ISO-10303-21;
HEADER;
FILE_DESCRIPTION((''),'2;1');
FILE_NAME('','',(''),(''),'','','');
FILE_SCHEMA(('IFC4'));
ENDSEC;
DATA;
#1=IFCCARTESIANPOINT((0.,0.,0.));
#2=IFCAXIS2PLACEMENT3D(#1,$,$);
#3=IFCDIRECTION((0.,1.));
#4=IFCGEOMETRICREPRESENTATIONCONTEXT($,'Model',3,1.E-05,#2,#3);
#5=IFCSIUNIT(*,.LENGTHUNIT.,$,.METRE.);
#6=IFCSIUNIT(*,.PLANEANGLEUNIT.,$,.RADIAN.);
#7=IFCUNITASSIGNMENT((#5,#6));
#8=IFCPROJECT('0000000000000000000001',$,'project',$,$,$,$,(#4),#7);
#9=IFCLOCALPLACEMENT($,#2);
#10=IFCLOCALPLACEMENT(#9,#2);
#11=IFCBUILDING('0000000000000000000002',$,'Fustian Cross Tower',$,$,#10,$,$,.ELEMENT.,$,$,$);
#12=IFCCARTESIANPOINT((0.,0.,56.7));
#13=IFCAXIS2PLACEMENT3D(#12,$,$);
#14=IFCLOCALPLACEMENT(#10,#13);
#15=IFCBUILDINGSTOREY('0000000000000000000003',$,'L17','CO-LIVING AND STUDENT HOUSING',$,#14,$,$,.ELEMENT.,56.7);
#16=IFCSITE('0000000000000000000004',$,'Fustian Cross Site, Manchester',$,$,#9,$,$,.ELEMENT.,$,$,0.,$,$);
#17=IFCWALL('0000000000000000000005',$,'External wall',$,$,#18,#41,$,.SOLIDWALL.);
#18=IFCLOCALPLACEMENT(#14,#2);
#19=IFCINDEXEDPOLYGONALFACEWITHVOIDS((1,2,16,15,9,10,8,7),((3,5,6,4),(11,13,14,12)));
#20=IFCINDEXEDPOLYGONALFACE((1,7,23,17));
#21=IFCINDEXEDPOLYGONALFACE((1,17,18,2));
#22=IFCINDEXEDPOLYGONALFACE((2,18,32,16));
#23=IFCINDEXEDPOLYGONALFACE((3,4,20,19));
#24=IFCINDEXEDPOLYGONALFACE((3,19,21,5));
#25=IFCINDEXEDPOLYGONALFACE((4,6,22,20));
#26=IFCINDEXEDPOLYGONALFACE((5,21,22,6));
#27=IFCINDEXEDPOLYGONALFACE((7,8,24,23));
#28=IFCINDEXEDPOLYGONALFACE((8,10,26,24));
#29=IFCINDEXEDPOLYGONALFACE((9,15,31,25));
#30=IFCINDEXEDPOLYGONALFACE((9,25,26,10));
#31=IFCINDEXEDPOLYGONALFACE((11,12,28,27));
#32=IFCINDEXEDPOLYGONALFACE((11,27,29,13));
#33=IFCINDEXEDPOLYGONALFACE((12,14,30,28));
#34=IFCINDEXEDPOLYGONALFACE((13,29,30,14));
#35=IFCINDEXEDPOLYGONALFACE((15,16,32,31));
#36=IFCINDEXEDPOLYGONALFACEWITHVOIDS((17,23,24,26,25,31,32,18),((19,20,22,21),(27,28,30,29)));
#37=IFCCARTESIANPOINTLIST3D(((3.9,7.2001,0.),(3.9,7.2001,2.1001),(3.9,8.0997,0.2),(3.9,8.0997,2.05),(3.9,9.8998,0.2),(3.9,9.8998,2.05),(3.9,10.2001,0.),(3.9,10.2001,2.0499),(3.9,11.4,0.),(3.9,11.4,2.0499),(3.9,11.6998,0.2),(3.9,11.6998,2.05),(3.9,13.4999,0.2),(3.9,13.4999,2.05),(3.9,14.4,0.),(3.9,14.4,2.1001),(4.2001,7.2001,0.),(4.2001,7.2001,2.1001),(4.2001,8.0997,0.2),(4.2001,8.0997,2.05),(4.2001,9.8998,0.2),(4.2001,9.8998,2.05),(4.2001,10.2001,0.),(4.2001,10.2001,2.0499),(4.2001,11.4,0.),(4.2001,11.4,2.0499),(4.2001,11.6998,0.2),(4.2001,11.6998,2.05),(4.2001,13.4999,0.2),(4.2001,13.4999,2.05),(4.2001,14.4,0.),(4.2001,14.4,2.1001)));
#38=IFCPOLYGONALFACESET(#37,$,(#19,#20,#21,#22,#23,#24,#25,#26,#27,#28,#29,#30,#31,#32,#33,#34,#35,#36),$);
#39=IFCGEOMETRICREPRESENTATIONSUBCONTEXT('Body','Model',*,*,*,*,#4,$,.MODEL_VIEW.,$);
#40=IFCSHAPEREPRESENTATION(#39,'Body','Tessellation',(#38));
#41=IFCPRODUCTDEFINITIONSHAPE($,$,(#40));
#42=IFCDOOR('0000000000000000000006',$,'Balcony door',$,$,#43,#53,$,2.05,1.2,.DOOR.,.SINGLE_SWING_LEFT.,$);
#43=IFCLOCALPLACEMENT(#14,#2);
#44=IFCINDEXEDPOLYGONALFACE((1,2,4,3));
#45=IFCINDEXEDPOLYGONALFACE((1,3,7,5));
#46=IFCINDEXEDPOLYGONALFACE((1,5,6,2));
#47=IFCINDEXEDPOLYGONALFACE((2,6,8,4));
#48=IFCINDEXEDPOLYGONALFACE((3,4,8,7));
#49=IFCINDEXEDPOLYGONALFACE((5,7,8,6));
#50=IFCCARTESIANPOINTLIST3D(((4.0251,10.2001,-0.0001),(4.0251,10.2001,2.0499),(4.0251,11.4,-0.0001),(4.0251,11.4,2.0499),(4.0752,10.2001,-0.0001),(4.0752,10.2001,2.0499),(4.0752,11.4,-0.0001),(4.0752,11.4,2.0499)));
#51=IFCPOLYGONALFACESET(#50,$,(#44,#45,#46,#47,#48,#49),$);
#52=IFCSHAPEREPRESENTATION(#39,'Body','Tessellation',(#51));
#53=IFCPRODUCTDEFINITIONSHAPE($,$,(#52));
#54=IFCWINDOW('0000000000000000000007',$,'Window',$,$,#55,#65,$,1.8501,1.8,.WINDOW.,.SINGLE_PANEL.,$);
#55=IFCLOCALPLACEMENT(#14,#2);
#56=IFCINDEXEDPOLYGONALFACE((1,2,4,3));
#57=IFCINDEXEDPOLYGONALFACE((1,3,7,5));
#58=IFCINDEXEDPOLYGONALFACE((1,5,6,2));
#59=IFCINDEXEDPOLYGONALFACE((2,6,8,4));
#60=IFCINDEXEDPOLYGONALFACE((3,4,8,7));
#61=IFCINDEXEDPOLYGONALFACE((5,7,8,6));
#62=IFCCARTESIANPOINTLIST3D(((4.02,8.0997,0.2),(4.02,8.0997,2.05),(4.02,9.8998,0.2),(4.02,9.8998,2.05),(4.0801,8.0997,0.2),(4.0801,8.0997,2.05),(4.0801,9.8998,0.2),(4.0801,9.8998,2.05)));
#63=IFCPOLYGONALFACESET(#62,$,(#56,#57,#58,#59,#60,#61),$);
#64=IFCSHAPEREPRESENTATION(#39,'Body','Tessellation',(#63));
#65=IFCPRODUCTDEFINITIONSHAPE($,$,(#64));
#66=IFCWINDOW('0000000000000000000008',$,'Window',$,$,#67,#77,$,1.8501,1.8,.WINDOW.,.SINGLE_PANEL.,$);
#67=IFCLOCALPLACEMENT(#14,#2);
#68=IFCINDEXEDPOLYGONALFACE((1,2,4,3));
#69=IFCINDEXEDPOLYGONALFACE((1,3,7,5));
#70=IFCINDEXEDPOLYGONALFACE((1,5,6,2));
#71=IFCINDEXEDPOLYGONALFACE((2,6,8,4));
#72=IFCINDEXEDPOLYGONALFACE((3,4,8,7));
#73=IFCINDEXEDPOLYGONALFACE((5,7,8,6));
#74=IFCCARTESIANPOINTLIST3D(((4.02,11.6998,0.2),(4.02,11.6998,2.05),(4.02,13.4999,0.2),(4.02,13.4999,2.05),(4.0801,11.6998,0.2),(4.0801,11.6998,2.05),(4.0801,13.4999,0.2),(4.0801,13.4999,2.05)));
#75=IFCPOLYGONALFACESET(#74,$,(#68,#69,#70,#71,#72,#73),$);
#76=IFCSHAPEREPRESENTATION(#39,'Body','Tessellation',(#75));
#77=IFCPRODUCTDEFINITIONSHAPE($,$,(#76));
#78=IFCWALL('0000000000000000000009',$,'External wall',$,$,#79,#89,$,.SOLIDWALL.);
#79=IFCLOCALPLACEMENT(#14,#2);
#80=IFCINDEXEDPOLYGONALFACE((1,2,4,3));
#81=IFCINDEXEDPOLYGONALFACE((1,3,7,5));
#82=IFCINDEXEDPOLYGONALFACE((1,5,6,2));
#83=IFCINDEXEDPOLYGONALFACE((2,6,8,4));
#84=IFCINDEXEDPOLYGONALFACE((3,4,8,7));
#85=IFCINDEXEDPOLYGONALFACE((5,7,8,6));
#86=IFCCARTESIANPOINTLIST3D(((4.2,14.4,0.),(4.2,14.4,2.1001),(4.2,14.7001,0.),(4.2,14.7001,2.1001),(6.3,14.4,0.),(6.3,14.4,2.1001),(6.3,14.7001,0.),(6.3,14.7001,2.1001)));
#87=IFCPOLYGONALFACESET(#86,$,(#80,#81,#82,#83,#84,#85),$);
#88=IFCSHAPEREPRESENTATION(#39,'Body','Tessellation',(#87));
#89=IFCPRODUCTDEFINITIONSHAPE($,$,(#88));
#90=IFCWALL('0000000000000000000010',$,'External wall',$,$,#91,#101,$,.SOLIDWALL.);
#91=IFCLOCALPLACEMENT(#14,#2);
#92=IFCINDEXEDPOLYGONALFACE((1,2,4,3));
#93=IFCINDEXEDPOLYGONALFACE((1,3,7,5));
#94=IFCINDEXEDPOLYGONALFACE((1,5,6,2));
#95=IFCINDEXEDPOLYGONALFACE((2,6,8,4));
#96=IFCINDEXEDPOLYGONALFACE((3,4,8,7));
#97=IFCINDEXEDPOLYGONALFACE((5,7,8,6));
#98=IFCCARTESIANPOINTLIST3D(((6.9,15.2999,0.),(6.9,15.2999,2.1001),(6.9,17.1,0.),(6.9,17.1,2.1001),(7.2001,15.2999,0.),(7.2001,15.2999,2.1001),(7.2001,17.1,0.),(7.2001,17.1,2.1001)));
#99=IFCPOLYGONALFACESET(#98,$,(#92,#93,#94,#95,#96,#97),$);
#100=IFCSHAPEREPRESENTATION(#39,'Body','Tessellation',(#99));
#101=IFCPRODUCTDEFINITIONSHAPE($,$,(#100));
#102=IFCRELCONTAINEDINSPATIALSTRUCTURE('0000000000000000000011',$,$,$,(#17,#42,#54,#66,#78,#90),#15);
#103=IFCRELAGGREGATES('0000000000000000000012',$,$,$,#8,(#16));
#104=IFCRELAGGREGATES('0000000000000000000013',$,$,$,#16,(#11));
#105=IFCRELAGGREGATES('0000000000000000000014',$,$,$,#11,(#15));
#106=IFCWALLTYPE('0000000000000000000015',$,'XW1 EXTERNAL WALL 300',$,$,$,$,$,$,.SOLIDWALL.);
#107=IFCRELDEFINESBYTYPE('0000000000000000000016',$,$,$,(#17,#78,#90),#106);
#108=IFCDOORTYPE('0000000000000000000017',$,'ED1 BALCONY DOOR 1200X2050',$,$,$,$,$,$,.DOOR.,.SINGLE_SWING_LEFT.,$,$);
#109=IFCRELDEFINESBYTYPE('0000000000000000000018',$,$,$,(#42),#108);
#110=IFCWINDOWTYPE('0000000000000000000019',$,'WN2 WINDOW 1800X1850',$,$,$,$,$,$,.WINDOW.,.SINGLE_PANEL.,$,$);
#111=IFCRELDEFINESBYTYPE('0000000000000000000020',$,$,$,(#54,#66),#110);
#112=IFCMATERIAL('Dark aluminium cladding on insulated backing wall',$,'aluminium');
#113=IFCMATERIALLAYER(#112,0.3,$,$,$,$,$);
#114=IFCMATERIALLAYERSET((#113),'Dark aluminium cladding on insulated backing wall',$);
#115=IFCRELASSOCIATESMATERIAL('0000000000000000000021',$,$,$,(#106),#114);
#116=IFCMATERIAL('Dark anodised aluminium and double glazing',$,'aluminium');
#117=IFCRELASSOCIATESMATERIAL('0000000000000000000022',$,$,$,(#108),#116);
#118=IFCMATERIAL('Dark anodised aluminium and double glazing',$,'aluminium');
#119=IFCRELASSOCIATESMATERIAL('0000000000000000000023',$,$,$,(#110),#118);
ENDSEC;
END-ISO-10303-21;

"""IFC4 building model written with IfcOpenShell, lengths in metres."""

from ifc_helpers import new_model, si_unit, direction, frame, frame_2d, origin, place, context, subcontext, project, spatial, rectangle, extrude, material, layer, layer_set, type_object, element, fill, save


model = new_model("IFC4")

# Units and contexts
model_context = context("Model", 3, precision=1e-05, world=origin(), true_north=direction((0.0, 1.0)))
body_context = subcontext(model_context, "Body", "Model", "MODEL_VIEW")
ifc_project = project(units=[si_unit("LENGTHUNIT", "METRE"), si_unit("PLANEANGLEUNIT", "RADIAN")], contexts=[model_context])

# Site, building, storey
site_placement = place(None, origin())
site = spatial("IfcSite", under=ifc_project, at=site_placement, Name="Fustian Cross Site, Manchester", CompositionType="ELEMENT", RefElevation=0.0)
building_placement = place(site_placement, origin())
building = spatial("IfcBuilding", under=site, at=building_placement, Name="Fustian Cross Tower", CompositionType="ELEMENT")
storey_placement = place(building_placement, frame((0.0, 0.0, 56.7)))
storey = spatial("IfcBuildingStorey", under=building, at=storey_placement, Name="L17", Description="CO-LIVING AND STUDENT HOUSING", CompositionType="ELEMENT", Elevation=56.7)

# Wall, openings, door, windows
ifc_material_1 = material(Name="Dark aluminium cladding on insulated backing wall", Category="aluminium")
ifc_layer_1 = layer(ifc_material_1, 0.3)
ifc_layer_set_1 = layer_set([ifc_layer_1], Name="Dark aluminium cladding on insulated backing wall")
wall_type_1 = type_object("IfcWallType", Name="XW1 EXTERNAL WALL 300", PredefinedType="SOLIDWALL", material=ifc_layer_set_1)
wall_1_placement = place(storey_placement, frame((4.05, 7.2, 0.0), z_axis=(0.0, 0.0, 1.0), x_axis=(0.0, 1.0, 0.0)))
wall_1 = element("IfcWall", 1, at=wall_1_placement, inside=storey, type_object=wall_type_1, Name="External wall", PredefinedType="SOLIDWALL", context=body_context, shape_type="SweptSolid", body=[
    extrude(rectangle(XDim=7.2, YDim=0.3, at=frame_2d((3.6001, 0.0))), origin(), (0.0, 0.0, 1.0), 2.1001),
])
opening_1_placement = place(wall_1_placement, frame((3.0, 0.0, 0.0)))
opening_1 = element("IfcOpeningElement", 2, at=opening_1_placement, cuts=wall_1, PredefinedType="OPENING", context=body_context, shape_type="SweptSolid", body=[
    extrude(rectangle(XDim=1.2, YDim=2.05, at=frame_2d((0.6001, 1.0249))), frame((0.0, 0.1599, 0.0), z_axis=(0.0, -1.0, 0.0), x_axis=(1.0, 0.0, 0.0)), (0.0, 0.0, 1.0), 0.3201),
])
opening_2_placement = place(wall_1_placement, frame((0.8999, 0.0, 0.2)))
opening_2 = element("IfcOpeningElement", 3, at=opening_2_placement, cuts=wall_1, PredefinedType="OPENING", context=body_context, shape_type="SweptSolid", body=[
    extrude(rectangle(XDim=1.8, YDim=1.8501, at=frame_2d((0.8999, 0.925))), frame((0.0, 0.1599, 0.0), z_axis=(0.0, -1.0, 0.0), x_axis=(1.0, 0.0, 0.0)), (0.0, 0.0, 1.0), 0.3201),
])
opening_3_placement = place(wall_1_placement, frame((4.5, 0.0, 0.2)))
opening_3 = element("IfcOpeningElement", 4, at=opening_3_placement, cuts=wall_1, PredefinedType="OPENING", context=body_context, shape_type="SweptSolid", body=[
    extrude(rectangle(XDim=1.8, YDim=1.8501, at=frame_2d((0.8999, 0.925))), frame((0.0, 0.1599, 0.0), z_axis=(0.0, -1.0, 0.0), x_axis=(1.0, 0.0, 0.0)), (0.0, 0.0, 1.0), 0.3201),
])
ifc_material_2 = material(Name="Dark anodised aluminium and double glazing", Category="aluminium")
door_type = type_object("IfcDoorType", Name="ED1 BALCONY DOOR 1200X2050", OperationType="SINGLE_SWING_LEFT", PredefinedType="DOOR", material=ifc_material_2)
door_placement = place(opening_1_placement, origin())
door = element("IfcDoor", 5, at=door_placement, inside=storey, type_object=door_type, Name="Balcony door", OperationType="SINGLE_SWING_LEFT", OverallHeight=2.05, OverallWidth=1.2, PredefinedType="DOOR", context=body_context, shape_type="SweptSolid", body=[
    extrude(rectangle(XDim=1.2, YDim=2.05, at=frame_2d((0.6001, 1.0249))), frame((0.0, 0.0249, 0.0), z_axis=(0.0, -1.0, 0.0), x_axis=(1.0, 0.0, 0.0)), (0.0, 0.0, 1.0), 0.05),
])
fill(opening_1, door)
ifc_material_3 = material(Name="Dark anodised aluminium and double glazing", Category="aluminium")
window_type = type_object("IfcWindowType", Name="WN2 WINDOW 1800X1850", PartitioningType="SINGLE_PANEL", PredefinedType="WINDOW", material=ifc_material_3)
window_1_placement = place(opening_2_placement, origin())
window_1 = element("IfcWindow", 6, at=window_1_placement, inside=storey, type_object=window_type, Name="Window", OverallHeight=1.8501, OverallWidth=1.8, PartitioningType="SINGLE_PANEL", PredefinedType="WINDOW", context=body_context, shape_type="SweptSolid", body=[
    extrude(rectangle(XDim=1.8, YDim=1.8501, at=frame_2d((0.8999, 0.925))), frame((0.0, 0.03, 0.0), z_axis=(0.0, -1.0, 0.0), x_axis=(1.0, 0.0, 0.0)), (0.0, 0.0, 1.0), 0.0601),
])
fill(opening_2, window_1)
window_2_placement = place(opening_3_placement, origin())
window_2 = element("IfcWindow", 7, at=window_2_placement, inside=storey, type_object=window_type, Name="Window", OverallHeight=1.8501, OverallWidth=1.8, PartitioningType="SINGLE_PANEL", PredefinedType="WINDOW", context=body_context, shape_type="SweptSolid", body=[
    extrude(rectangle(XDim=1.8, YDim=1.8501, at=frame_2d((0.8999, 0.925))), frame((0.0, 0.03, 0.0), z_axis=(0.0, -1.0, 0.0), x_axis=(1.0, 0.0, 0.0)), (0.0, 0.0, 1.0), 0.0601),
])
fill(opening_3, window_2)

# Walls
wall_2_placement = place(storey_placement, frame((4.2, 14.55, 0.0), z_axis=(0.0, 0.0, 1.0), x_axis=(1.0, 0.0, 0.0)))
element("IfcWall", 8, at=wall_2_placement, inside=storey, type_object=wall_type_1, Name="External wall", PredefinedType="SOLIDWALL", context=body_context, shape_type="SweptSolid", body=[
    extrude(rectangle(XDim=2.1001, YDim=0.3, at=frame_2d((1.05, 0.0))), origin(), (0.0, 0.0, 1.0), 2.1001),
])
wall_3_placement = place(storey_placement, frame((7.05, 15.3, 0.0), z_axis=(0.0, 0.0, 1.0), x_axis=(0.0, 1.0, 0.0)))
element("IfcWall", 9, at=wall_3_placement, inside=storey, type_object=wall_type_1, Name="External wall", PredefinedType="SOLIDWALL", context=body_context, shape_type="SweptSolid", body=[
    extrude(rectangle(XDim=1.8, YDim=0.3, at=frame_2d((0.8999, 0.0))), origin(), (0.0, 0.0, 1.0), 2.1001),
])

save(model, "model.ifc")
